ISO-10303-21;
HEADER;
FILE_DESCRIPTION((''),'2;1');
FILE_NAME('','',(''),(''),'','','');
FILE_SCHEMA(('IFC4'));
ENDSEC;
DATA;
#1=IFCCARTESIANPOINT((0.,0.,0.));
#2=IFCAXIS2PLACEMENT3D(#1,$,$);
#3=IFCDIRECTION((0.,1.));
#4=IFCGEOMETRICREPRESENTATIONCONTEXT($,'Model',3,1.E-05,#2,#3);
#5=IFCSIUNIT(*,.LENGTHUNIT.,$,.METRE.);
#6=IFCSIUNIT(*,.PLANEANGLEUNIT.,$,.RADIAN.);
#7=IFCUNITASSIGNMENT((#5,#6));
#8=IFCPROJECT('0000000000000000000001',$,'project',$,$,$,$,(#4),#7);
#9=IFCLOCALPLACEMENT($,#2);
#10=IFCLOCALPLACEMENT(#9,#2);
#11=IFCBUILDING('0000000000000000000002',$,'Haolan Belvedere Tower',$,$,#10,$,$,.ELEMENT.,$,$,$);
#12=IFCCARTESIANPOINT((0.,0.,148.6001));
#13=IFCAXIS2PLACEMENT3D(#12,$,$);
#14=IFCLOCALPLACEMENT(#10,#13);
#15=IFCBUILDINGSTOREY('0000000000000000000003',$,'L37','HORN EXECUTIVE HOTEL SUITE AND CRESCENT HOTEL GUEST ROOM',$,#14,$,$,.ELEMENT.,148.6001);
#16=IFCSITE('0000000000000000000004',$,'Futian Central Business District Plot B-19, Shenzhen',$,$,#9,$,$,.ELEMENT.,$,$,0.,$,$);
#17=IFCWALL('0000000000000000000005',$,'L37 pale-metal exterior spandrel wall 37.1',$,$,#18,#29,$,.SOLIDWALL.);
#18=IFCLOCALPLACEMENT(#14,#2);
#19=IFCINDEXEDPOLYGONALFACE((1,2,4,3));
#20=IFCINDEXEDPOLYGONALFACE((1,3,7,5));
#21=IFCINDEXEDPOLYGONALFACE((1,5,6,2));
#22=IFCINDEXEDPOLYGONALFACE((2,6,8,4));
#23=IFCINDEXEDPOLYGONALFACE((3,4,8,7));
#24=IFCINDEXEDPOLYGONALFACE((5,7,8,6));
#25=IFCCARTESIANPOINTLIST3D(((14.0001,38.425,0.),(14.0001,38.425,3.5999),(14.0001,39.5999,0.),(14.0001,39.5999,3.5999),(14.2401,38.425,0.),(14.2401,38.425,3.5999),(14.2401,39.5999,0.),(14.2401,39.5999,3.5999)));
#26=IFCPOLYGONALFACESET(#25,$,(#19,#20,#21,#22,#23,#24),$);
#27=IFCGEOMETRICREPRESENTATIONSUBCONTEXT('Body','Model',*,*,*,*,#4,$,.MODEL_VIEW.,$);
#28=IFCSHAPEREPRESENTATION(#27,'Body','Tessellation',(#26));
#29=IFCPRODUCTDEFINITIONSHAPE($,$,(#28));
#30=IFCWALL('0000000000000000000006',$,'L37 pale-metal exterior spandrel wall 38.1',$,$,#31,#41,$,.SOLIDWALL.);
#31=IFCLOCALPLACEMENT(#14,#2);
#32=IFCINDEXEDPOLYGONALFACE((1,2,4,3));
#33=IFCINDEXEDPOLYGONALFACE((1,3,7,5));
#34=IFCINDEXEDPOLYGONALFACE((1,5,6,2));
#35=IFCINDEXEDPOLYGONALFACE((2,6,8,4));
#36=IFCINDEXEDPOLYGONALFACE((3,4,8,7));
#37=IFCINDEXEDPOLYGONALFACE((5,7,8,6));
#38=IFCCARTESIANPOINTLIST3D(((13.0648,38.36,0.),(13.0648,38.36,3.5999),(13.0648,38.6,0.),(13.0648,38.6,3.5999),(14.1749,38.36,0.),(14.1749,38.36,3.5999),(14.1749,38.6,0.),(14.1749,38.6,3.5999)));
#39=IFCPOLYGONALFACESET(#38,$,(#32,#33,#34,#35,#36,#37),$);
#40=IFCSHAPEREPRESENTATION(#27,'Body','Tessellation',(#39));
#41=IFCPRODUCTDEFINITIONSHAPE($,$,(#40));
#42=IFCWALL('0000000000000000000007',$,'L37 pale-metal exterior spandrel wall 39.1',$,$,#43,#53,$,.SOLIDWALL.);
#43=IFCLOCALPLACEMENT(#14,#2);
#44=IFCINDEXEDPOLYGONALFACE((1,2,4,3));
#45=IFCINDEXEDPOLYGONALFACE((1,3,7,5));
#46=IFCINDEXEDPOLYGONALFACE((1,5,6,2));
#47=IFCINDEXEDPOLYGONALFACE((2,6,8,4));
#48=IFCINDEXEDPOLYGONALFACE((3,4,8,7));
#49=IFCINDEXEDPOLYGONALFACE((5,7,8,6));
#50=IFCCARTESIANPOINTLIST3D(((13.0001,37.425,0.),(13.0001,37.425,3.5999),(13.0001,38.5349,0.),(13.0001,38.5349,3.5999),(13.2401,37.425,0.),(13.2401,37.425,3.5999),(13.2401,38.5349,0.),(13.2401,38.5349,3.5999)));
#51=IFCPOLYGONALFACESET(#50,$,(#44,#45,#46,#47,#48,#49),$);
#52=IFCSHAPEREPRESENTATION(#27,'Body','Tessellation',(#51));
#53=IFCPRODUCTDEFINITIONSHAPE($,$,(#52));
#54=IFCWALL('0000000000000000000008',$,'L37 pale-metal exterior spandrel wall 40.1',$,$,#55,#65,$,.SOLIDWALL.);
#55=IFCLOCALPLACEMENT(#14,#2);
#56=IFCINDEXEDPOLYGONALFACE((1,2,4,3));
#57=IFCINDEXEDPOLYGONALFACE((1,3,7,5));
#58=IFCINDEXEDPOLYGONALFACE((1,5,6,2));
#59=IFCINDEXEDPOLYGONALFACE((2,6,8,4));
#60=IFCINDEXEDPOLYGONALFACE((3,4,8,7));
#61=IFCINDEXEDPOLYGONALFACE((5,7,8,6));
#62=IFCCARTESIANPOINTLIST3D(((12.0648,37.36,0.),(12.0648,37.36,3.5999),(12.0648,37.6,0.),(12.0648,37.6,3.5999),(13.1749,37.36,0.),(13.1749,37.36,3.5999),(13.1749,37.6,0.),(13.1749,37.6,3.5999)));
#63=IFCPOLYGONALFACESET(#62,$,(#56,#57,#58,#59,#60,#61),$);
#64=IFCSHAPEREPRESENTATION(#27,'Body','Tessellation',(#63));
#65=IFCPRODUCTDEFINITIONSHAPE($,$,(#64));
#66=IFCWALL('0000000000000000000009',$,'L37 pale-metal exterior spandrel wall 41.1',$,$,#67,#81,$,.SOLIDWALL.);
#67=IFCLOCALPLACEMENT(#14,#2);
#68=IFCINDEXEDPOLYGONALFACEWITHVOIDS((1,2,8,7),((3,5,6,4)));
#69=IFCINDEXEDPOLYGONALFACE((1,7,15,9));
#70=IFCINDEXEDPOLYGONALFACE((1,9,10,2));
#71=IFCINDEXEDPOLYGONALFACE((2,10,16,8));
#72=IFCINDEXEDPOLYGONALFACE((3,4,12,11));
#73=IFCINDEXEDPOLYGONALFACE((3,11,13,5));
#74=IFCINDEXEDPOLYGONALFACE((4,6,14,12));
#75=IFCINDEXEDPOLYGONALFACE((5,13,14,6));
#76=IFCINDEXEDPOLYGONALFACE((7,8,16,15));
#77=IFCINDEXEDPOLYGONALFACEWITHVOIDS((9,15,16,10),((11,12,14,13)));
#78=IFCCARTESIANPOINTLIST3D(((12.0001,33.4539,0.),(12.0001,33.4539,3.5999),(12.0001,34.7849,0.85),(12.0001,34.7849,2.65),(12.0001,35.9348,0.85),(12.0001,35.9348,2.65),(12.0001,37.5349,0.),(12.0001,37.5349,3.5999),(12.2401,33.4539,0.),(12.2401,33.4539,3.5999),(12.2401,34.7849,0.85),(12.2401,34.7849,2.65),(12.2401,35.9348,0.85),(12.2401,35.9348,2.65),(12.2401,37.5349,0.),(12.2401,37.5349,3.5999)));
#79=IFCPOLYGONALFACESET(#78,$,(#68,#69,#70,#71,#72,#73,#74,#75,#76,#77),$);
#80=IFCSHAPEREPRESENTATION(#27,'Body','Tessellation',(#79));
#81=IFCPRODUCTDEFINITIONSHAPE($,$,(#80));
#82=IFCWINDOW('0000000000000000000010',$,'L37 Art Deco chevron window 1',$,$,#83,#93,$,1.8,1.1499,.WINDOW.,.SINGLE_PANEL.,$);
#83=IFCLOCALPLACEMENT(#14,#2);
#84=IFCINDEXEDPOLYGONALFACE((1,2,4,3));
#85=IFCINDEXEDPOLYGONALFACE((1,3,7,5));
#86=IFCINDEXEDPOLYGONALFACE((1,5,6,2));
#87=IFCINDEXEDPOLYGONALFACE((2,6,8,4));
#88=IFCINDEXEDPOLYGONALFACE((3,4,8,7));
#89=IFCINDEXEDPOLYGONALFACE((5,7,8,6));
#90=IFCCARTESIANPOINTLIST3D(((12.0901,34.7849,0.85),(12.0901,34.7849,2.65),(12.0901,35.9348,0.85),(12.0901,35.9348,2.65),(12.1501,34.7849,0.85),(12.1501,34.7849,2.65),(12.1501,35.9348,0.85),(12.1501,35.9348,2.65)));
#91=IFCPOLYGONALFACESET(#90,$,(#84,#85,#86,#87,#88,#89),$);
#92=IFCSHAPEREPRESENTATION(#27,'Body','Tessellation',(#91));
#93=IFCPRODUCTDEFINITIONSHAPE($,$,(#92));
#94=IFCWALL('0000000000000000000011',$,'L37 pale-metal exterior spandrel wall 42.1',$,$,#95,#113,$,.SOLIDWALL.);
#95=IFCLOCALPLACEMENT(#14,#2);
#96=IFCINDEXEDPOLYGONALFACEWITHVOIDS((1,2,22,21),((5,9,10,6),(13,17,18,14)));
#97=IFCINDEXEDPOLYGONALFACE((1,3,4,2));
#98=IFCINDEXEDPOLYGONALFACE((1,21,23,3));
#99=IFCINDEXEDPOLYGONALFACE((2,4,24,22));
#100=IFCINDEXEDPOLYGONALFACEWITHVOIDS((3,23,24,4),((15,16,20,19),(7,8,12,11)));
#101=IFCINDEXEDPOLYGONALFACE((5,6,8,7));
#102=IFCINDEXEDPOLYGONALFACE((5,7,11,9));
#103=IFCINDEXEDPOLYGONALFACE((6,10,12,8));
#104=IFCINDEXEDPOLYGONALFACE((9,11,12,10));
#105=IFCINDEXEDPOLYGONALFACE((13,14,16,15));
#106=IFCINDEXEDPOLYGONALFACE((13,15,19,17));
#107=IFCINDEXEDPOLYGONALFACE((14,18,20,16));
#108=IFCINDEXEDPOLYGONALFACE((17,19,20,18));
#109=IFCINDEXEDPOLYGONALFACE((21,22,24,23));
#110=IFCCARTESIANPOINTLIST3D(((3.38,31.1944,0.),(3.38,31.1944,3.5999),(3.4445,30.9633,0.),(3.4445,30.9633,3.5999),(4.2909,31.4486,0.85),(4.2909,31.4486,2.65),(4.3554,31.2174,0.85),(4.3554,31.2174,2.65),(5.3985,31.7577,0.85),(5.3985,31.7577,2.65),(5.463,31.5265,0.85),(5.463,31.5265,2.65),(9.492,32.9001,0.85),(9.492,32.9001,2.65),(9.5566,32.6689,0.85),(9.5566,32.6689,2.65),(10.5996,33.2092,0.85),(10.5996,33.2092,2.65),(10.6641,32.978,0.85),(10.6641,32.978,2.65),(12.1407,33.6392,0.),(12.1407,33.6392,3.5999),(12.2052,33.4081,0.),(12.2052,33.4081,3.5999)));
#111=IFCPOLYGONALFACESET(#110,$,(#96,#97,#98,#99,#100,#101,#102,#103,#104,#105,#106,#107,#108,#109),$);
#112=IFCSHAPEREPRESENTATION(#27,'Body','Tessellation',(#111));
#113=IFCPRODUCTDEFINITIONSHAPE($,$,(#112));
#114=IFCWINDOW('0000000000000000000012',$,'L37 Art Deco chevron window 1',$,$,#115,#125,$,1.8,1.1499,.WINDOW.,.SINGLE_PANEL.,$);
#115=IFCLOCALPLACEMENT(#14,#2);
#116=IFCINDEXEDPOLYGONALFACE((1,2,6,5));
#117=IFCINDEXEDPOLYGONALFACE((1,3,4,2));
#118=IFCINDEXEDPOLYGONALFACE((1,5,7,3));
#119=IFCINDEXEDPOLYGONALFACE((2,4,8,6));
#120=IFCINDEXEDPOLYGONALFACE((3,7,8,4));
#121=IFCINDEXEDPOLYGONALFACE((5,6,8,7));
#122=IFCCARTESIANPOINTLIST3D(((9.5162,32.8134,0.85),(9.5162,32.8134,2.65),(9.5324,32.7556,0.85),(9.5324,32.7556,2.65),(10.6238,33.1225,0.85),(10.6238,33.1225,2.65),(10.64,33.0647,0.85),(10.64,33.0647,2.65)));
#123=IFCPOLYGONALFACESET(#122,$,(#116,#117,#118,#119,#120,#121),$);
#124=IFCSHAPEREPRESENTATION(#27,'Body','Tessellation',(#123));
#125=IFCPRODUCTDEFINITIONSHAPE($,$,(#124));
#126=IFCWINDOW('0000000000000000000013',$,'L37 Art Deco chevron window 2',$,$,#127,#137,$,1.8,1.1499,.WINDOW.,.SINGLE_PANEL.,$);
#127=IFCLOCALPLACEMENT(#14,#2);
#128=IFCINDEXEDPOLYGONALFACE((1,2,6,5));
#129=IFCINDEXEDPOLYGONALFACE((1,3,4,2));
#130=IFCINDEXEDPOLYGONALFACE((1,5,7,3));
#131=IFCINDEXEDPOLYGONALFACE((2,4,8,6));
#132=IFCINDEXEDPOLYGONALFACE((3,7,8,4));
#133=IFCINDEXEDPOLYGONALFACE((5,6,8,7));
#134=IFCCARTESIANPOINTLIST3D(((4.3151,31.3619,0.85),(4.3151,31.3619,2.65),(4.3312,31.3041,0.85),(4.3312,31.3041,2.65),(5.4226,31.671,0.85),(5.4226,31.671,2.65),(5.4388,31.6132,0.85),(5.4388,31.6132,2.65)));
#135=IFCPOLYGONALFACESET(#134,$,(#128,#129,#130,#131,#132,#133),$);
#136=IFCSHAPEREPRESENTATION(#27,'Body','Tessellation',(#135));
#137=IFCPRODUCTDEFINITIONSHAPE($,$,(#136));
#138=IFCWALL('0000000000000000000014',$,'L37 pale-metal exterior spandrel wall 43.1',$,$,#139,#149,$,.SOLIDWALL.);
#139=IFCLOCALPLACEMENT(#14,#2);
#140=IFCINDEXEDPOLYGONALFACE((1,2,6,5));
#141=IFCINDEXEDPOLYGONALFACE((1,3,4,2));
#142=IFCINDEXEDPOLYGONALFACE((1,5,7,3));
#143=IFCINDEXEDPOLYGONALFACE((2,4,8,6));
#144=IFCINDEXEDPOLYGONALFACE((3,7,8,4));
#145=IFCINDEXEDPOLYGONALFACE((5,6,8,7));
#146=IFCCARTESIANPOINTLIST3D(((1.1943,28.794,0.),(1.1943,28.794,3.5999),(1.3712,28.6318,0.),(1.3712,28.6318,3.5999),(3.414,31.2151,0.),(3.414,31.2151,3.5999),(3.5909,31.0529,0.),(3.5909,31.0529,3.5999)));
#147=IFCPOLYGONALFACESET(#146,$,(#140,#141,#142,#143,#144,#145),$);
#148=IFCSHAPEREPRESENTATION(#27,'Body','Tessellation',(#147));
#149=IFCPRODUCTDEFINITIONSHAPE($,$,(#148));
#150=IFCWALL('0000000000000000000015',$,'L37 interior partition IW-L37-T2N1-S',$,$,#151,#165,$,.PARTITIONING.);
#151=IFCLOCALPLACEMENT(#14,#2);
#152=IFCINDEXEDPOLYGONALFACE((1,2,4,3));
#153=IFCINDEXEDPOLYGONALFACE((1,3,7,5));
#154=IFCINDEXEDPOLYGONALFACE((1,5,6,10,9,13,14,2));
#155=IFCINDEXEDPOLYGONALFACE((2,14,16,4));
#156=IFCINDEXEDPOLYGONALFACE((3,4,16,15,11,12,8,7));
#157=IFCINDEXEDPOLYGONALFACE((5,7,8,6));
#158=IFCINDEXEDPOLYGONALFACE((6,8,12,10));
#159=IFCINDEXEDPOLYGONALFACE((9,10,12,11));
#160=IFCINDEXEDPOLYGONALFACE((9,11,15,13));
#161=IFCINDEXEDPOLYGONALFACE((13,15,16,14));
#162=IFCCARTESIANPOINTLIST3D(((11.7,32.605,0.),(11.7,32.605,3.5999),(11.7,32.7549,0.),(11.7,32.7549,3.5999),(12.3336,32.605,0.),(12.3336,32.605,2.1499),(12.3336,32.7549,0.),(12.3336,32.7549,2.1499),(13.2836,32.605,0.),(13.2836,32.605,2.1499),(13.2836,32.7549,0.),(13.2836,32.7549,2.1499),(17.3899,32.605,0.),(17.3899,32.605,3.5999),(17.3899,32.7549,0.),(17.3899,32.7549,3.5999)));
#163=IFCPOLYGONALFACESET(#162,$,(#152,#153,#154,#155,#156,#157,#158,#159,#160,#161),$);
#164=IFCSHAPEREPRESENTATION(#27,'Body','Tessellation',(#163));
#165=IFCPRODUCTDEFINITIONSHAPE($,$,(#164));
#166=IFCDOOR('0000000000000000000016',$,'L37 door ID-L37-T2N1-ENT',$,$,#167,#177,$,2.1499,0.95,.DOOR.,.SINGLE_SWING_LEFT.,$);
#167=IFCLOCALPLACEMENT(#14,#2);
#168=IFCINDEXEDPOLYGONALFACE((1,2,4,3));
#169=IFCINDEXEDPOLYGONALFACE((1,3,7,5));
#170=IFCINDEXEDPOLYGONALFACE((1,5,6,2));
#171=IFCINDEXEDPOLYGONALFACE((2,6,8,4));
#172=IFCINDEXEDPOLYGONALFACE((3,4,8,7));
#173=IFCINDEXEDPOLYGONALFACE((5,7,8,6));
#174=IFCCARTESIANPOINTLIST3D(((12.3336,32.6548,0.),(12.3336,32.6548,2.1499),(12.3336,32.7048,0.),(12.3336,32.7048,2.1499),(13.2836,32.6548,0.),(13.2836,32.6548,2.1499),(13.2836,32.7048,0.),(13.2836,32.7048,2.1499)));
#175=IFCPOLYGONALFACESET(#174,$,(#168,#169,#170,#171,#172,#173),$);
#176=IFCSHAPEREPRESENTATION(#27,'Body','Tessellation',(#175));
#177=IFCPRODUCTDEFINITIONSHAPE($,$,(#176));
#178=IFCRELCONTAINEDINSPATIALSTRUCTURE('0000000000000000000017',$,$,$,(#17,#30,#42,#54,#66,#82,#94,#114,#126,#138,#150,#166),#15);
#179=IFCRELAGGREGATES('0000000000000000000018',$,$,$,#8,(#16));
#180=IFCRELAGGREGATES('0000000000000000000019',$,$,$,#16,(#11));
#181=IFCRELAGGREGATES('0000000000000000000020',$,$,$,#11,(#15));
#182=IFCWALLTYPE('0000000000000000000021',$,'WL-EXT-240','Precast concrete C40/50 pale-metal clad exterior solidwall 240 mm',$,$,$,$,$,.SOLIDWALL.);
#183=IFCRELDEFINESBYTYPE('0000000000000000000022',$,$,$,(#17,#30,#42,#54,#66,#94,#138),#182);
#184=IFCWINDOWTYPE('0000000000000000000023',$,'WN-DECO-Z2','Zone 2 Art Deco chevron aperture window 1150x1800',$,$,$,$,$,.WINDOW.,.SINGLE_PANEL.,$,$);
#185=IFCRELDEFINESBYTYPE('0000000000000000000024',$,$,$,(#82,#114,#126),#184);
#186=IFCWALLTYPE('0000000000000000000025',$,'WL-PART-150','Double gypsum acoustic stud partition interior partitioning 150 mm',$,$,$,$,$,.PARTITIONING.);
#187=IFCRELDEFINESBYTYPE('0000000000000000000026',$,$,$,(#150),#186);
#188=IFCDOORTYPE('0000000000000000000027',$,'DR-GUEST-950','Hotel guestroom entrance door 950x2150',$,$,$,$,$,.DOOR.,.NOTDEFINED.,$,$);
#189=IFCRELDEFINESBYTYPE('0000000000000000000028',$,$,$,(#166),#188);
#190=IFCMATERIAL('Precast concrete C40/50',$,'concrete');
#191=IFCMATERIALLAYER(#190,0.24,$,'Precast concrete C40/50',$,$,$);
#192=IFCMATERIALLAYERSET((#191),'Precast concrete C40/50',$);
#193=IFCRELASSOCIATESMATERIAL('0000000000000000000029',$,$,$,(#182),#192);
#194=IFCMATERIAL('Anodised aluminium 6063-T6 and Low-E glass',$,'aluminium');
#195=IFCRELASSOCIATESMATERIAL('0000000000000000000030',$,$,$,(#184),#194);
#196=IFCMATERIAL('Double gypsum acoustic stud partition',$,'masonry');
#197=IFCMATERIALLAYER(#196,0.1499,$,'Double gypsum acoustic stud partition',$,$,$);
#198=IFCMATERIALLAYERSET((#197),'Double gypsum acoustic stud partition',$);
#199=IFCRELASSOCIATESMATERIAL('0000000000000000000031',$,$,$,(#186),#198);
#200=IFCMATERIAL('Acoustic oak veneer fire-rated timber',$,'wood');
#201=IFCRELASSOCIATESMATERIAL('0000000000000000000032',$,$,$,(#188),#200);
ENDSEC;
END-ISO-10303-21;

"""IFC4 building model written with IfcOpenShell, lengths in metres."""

from ifc_helpers import new_model, si_unit, direction, frame, frame_2d, origin, place, context, subcontext, project, spatial, rectangle, extrude, material, layer, layer_set, type_object, element, fill, save


model = new_model("IFC4")

# Units and contexts
model_context = context("Model", 3, precision=1e-05, world=origin(), true_north=direction((0.0, 1.0)))
body_context = subcontext(model_context, "Body", "Model", "MODEL_VIEW")
ifc_project = project(units=[si_unit("LENGTHUNIT", "METRE"), si_unit("PLANEANGLEUNIT", "RADIAN")], contexts=[model_context])

# Site, building, storey
site_placement = place(None, origin())
site = spatial("IfcSite", under=ifc_project, at=site_placement, Name="Futian Central Business District Plot B-19, Shenzhen", CompositionType="ELEMENT", RefElevation=0.0)
building_placement = place(site_placement, origin())
building = spatial("IfcBuilding", under=site, at=building_placement, Name="Haolan Belvedere Tower", CompositionType="ELEMENT")
storey_placement = place(building_placement, frame((0.0, 0.0, 148.6001)))
storey = spatial("IfcBuildingStorey", under=building, at=storey_placement, Name="L37", Description="HORN EXECUTIVE HOTEL SUITE AND CRESCENT HOTEL GUEST ROOM", CompositionType="ELEMENT", Elevation=148.6001)

# Walls
ifc_material_1 = material(Name="Precast concrete C40/50", Category="concrete")
ifc_layer_1 = layer(ifc_material_1, 0.24, Name="Precast concrete C40/50")
ifc_layer_set_1 = layer_set([ifc_layer_1], Name="Precast concrete C40/50")
wall_type_1 = type_object("IfcWallType", Name="WL-EXT-240", Description="Precast concrete C40/50 pale-metal clad exterior solidwall 240 mm", PredefinedType="SOLIDWALL", material=ifc_layer_set_1)
wall_1_placement = place(storey_placement, frame((14.1201, 39.5999, 0.0), z_axis=(0.0, 0.0, 1.0), x_axis=(0.0, -1.0, 0.0)))
element("IfcWall", 1, at=wall_1_placement, inside=storey, type_object=wall_type_1, Name="L37 pale-metal exterior spandrel wall 37.1", PredefinedType="SOLIDWALL", context=body_context, shape_type="SweptSolid", body=[
    extrude(rectangle(XDim=1.1748, YDim=0.24, at=frame_2d((0.5874, 0.0))), origin(), (0.0, 0.0, 1.0), 3.5999),
])
wall_2_placement = place(storey_placement, frame((14.175, 38.48, 0.0), z_axis=(0.0, 0.0, 1.0), x_axis=(-1.0, 0.0, 0.0)))
element("IfcWall", 2, at=wall_2_placement, inside=storey, type_object=wall_type_1, Name="L37 pale-metal exterior spandrel wall 38.1", PredefinedType="SOLIDWALL", context=body_context, shape_type="SweptSolid", body=[
    extrude(rectangle(XDim=1.1101, YDim=0.24, at=frame_2d((0.5552, 0.0))), origin(), (0.0, 0.0, 1.0), 3.5999),
])
wall_3_placement = place(storey_placement, frame((13.1201, 38.5349, 0.0), z_axis=(0.0, 0.0, 1.0), x_axis=(0.0, -1.0, 0.0)))
element("IfcWall", 3, at=wall_3_placement, inside=storey, type_object=wall_type_1, Name="L37 pale-metal exterior spandrel wall 39.1", PredefinedType="SOLIDWALL", context=body_context, shape_type="SweptSolid", body=[
    extrude(rectangle(XDim=1.1099, YDim=0.24, at=frame_2d((0.5549, 0.0))), origin(), (0.0, 0.0, 1.0), 3.5999),
])
wall_4_placement = place(storey_placement, frame((13.175, 37.48, 0.0), z_axis=(0.0, 0.0, 1.0), x_axis=(-1.0, 0.0, 0.0)))
element("IfcWall", 4, at=wall_4_placement, inside=storey, type_object=wall_type_1, Name="L37 pale-metal exterior spandrel wall 40.1", PredefinedType="SOLIDWALL", context=body_context, shape_type="SweptSolid", body=[
    extrude(rectangle(XDim=1.1101, YDim=0.24, at=frame_2d((0.5552, 0.0))), origin(), (0.0, 0.0, 1.0), 3.5999),
])

# Wall, opening, window
wall_5_placement = place(storey_placement, frame((12.1201, 37.5349, 0.0), z_axis=(0.0, 0.0, 1.0), x_axis=(0.0, -1.0, 0.0)))
wall_5 = element("IfcWall", 5, at=wall_5_placement, inside=storey, type_object=wall_type_1, Name="L37 pale-metal exterior spandrel wall 41.1", PredefinedType="SOLIDWALL", context=body_context, shape_type="SweptSolid", body=[
    extrude(rectangle(XDim=4.0811, YDim=0.24, at=frame_2d((2.0405, 0.0))), origin(), (0.0, 0.0, 1.0), 3.5999),
])
opening_1_placement = place(wall_5_placement, frame((1.6001, 0.0, 0.8501)))
opening_1 = element("IfcOpeningElement", 6, at=opening_1_placement, cuts=wall_5, PredefinedType="OPENING", context=body_context, shape_type="SweptSolid", body=[
    extrude(rectangle(XDim=1.1499, YDim=1.8, at=frame_2d((0.575, 0.8999))), frame((0.0, 0.1299, 0.0), z_axis=(0.0, -1.0, 0.0), x_axis=(1.0, 0.0, 0.0)), (0.0, 0.0, 1.0), 0.26),
])
ifc_material_2 = material(Name="Anodised aluminium 6063-T6 and Low-E glass", Category="aluminium")
window_type = type_object("IfcWindowType", Name="WN-DECO-Z2", Description="Zone 2 Art Deco chevron aperture window 1150x1800", PartitioningType="SINGLE_PANEL", PredefinedType="WINDOW", material=ifc_material_2)
window_1_placement = place(opening_1_placement, origin())
window_1 = element("IfcWindow", 7, at=window_1_placement, inside=storey, type_object=window_type, Name="L37 Art Deco chevron window 1", OverallHeight=1.8, OverallWidth=1.1499, PartitioningType="SINGLE_PANEL", PredefinedType="WINDOW", context=body_context, shape_type="SweptSolid", body=[
    extrude(rectangle(XDim=1.1499, YDim=1.8, at=frame_2d((0.575, 0.8999))), frame((0.0, 0.03, 0.0), z_axis=(0.0, -1.0, 0.0), x_axis=(1.0, 0.0, 0.0)), (0.0, 0.0, 1.0), 0.0601),
])
fill(opening_1, window_1)

# Wall, openings, windows
wall_6_placement = place(storey_placement, frame((12.1731, 33.5237, 0.0), z_axis=(0.0, 0.0, 1.0), x_axis=(-0.963197, -0.268795, 0.0)))
wall_6 = element("IfcWall", 8, at=wall_6_placement, inside=storey, type_object=wall_type_1, Name="L37 pale-metal exterior spandrel wall 42.1", PredefinedType="SOLIDWALL", context=body_context, shape_type="SweptSolid", body=[
    extrude(rectangle(XDim=9.0955, YDim=0.24, at=frame_2d((4.5479, 0.0))), origin(), (0.0, 0.0, 1.0), 3.5999),
])
opening_2_placement = place(wall_6_placement, frame((1.6001, 0.0, 0.8501)))
opening_2 = element("IfcOpeningElement", 9, at=opening_2_placement, cuts=wall_6, PredefinedType="OPENING", context=body_context, shape_type="SweptSolid", body=[
    extrude(rectangle(XDim=1.1499, YDim=1.8, at=frame_2d((0.575, 0.8999))), frame((0.0, 0.1299, 0.0), z_axis=(0.0, -1.0, 0.0), x_axis=(1.0, 0.0, 0.0)), (0.0, 0.0, 1.0), 0.26),
])
opening_3_placement = place(wall_6_placement, frame((7.0, 0.0, 0.8501)))
opening_3 = element("IfcOpeningElement", 10, at=opening_3_placement, cuts=wall_6, PredefinedType="OPENING", context=body_context, shape_type="SweptSolid", body=[
    extrude(rectangle(XDim=1.1499, YDim=1.8, at=frame_2d((0.575, 0.8999))), frame((0.0, 0.1299, 0.0), z_axis=(0.0, -1.0, 0.0), x_axis=(1.0, 0.0, 0.0)), (0.0, 0.0, 1.0), 0.26),
])
window_2_placement = place(opening_2_placement, origin())
window_2 = element("IfcWindow", 11, at=window_2_placement, inside=storey, type_object=window_type, Name="L37 Art Deco chevron window 1", OverallHeight=1.8, OverallWidth=1.1499, PartitioningType="SINGLE_PANEL", PredefinedType="WINDOW", context=body_context, shape_type="SweptSolid", body=[
    extrude(rectangle(XDim=1.1499, YDim=1.8, at=frame_2d((0.575, 0.8999))), frame((0.0, 0.03, 0.0), z_axis=(0.0, -1.0, 0.0), x_axis=(1.0, 0.0, 0.0)), (0.0, 0.0, 1.0), 0.0601),
])
fill(opening_2, window_2)
window_3_placement = place(opening_3_placement, origin())
window_3 = element("IfcWindow", 12, at=window_3_placement, inside=storey, type_object=window_type, Name="L37 Art Deco chevron window 2", OverallHeight=1.8, OverallWidth=1.1499, PartitioningType="SINGLE_PANEL", PredefinedType="WINDOW", context=body_context, shape_type="SweptSolid", body=[
    extrude(rectangle(XDim=1.1499, YDim=1.8, at=frame_2d((0.575, 0.8999))), frame((0.0, 0.03, 0.0), z_axis=(0.0, -1.0, 0.0), x_axis=(1.0, 0.0, 0.0)), (0.0, 0.0, 1.0), 0.0601),
])
fill(opening_3, window_3)

# Wall
wall_7_placement = place(storey_placement, frame((3.5024, 31.134, 0.0), z_axis=(0.0, 0.0, 1.0), x_axis=(-0.675782, -0.737102, 0.0)))
element("IfcWall", 13, at=wall_7_placement, inside=storey, type_object=wall_type_1, Name="L37 pale-metal exterior spandrel wall 43.1", PredefinedType="SOLIDWALL", context=body_context, shape_type="SweptSolid", body=[
    extrude(rectangle(XDim=3.2847, YDim=0.24, at=frame_2d((1.6423, 0.0))), origin(), (0.0, 0.0, 1.0), 3.5999),
])

# Wall, opening, door
ifc_material_3 = material(Name="Double gypsum acoustic stud partition", Category="masonry")
ifc_layer_2 = layer(ifc_material_3, 0.1499, Name="Double gypsum acoustic stud partition")
ifc_layer_set_2 = layer_set([ifc_layer_2], Name="Double gypsum acoustic stud partition")
wall_type_2 = type_object("IfcWallType", Name="WL-PART-150", Description="Double gypsum acoustic stud partition interior partitioning 150 mm", PredefinedType="PARTITIONING", material=ifc_layer_set_2)
wall_8_placement = place(storey_placement, frame((11.7, 32.6799, 0.0), z_axis=(0.0, 0.0, 1.0), x_axis=(1.0, 0.0, 0.0)))
wall_8 = element("IfcWall", 14, at=wall_8_placement, inside=storey, type_object=wall_type_2, Name="L37 interior partition IW-L37-T2N1-S", PredefinedType="PARTITIONING", context=body_context, shape_type="SweptSolid", body=[
    extrude(rectangle(XDim=5.6899, YDim=0.1499, at=frame_2d((2.845, 0.0))), origin(), (0.0, 0.0, 1.0), 3.5999),
])
opening_4_placement = place(wall_8_placement, frame((0.6335, 0.0, 0.0)))
opening_4 = element("IfcOpeningElement", 15, at=opening_4_placement, cuts=wall_8, PredefinedType="OPENING", context=body_context, shape_type="SweptSolid", body=[
    extrude(rectangle(XDim=0.95, YDim=2.1499, at=frame_2d((0.4751, 1.075))), frame((0.0, 0.085, 0.0), z_axis=(0.0, -1.0, 0.0), x_axis=(1.0, 0.0, 0.0)), (0.0, 0.0, 1.0), 0.1699),
])
ifc_material_4 = material(Name="Acoustic oak veneer fire-rated timber", Category="wood")
door_type_1 = type_object("IfcDoorType", Name="DR-GUEST-950", Description="Hotel guestroom entrance door 950x2150", OperationType="NOTDEFINED", PredefinedType="DOOR", material=ifc_material_4)
door_1_placement = place(opening_4_placement, origin())
door_1 = element("IfcDoor", 16, at=door_1_placement, inside=storey, type_object=door_type_1, Name="L37 door ID-L37-T2N1-ENT", OperationType="SINGLE_SWING_LEFT", OverallHeight=2.1499, OverallWidth=0.95, PredefinedType="DOOR", context=body_context, shape_type="SweptSolid", body=[
    extrude(rectangle(XDim=0.95, YDim=2.1499, at=frame_2d((0.4751, 1.075))), frame((0.0, 0.0249, 0.0), z_axis=(0.0, -1.0, 0.0), x_axis=(1.0, 0.0, 0.0)), (0.0, 0.0, 1.0), 0.05),
])
fill(opening_4, door_1)

save(model, "model.ifc")
